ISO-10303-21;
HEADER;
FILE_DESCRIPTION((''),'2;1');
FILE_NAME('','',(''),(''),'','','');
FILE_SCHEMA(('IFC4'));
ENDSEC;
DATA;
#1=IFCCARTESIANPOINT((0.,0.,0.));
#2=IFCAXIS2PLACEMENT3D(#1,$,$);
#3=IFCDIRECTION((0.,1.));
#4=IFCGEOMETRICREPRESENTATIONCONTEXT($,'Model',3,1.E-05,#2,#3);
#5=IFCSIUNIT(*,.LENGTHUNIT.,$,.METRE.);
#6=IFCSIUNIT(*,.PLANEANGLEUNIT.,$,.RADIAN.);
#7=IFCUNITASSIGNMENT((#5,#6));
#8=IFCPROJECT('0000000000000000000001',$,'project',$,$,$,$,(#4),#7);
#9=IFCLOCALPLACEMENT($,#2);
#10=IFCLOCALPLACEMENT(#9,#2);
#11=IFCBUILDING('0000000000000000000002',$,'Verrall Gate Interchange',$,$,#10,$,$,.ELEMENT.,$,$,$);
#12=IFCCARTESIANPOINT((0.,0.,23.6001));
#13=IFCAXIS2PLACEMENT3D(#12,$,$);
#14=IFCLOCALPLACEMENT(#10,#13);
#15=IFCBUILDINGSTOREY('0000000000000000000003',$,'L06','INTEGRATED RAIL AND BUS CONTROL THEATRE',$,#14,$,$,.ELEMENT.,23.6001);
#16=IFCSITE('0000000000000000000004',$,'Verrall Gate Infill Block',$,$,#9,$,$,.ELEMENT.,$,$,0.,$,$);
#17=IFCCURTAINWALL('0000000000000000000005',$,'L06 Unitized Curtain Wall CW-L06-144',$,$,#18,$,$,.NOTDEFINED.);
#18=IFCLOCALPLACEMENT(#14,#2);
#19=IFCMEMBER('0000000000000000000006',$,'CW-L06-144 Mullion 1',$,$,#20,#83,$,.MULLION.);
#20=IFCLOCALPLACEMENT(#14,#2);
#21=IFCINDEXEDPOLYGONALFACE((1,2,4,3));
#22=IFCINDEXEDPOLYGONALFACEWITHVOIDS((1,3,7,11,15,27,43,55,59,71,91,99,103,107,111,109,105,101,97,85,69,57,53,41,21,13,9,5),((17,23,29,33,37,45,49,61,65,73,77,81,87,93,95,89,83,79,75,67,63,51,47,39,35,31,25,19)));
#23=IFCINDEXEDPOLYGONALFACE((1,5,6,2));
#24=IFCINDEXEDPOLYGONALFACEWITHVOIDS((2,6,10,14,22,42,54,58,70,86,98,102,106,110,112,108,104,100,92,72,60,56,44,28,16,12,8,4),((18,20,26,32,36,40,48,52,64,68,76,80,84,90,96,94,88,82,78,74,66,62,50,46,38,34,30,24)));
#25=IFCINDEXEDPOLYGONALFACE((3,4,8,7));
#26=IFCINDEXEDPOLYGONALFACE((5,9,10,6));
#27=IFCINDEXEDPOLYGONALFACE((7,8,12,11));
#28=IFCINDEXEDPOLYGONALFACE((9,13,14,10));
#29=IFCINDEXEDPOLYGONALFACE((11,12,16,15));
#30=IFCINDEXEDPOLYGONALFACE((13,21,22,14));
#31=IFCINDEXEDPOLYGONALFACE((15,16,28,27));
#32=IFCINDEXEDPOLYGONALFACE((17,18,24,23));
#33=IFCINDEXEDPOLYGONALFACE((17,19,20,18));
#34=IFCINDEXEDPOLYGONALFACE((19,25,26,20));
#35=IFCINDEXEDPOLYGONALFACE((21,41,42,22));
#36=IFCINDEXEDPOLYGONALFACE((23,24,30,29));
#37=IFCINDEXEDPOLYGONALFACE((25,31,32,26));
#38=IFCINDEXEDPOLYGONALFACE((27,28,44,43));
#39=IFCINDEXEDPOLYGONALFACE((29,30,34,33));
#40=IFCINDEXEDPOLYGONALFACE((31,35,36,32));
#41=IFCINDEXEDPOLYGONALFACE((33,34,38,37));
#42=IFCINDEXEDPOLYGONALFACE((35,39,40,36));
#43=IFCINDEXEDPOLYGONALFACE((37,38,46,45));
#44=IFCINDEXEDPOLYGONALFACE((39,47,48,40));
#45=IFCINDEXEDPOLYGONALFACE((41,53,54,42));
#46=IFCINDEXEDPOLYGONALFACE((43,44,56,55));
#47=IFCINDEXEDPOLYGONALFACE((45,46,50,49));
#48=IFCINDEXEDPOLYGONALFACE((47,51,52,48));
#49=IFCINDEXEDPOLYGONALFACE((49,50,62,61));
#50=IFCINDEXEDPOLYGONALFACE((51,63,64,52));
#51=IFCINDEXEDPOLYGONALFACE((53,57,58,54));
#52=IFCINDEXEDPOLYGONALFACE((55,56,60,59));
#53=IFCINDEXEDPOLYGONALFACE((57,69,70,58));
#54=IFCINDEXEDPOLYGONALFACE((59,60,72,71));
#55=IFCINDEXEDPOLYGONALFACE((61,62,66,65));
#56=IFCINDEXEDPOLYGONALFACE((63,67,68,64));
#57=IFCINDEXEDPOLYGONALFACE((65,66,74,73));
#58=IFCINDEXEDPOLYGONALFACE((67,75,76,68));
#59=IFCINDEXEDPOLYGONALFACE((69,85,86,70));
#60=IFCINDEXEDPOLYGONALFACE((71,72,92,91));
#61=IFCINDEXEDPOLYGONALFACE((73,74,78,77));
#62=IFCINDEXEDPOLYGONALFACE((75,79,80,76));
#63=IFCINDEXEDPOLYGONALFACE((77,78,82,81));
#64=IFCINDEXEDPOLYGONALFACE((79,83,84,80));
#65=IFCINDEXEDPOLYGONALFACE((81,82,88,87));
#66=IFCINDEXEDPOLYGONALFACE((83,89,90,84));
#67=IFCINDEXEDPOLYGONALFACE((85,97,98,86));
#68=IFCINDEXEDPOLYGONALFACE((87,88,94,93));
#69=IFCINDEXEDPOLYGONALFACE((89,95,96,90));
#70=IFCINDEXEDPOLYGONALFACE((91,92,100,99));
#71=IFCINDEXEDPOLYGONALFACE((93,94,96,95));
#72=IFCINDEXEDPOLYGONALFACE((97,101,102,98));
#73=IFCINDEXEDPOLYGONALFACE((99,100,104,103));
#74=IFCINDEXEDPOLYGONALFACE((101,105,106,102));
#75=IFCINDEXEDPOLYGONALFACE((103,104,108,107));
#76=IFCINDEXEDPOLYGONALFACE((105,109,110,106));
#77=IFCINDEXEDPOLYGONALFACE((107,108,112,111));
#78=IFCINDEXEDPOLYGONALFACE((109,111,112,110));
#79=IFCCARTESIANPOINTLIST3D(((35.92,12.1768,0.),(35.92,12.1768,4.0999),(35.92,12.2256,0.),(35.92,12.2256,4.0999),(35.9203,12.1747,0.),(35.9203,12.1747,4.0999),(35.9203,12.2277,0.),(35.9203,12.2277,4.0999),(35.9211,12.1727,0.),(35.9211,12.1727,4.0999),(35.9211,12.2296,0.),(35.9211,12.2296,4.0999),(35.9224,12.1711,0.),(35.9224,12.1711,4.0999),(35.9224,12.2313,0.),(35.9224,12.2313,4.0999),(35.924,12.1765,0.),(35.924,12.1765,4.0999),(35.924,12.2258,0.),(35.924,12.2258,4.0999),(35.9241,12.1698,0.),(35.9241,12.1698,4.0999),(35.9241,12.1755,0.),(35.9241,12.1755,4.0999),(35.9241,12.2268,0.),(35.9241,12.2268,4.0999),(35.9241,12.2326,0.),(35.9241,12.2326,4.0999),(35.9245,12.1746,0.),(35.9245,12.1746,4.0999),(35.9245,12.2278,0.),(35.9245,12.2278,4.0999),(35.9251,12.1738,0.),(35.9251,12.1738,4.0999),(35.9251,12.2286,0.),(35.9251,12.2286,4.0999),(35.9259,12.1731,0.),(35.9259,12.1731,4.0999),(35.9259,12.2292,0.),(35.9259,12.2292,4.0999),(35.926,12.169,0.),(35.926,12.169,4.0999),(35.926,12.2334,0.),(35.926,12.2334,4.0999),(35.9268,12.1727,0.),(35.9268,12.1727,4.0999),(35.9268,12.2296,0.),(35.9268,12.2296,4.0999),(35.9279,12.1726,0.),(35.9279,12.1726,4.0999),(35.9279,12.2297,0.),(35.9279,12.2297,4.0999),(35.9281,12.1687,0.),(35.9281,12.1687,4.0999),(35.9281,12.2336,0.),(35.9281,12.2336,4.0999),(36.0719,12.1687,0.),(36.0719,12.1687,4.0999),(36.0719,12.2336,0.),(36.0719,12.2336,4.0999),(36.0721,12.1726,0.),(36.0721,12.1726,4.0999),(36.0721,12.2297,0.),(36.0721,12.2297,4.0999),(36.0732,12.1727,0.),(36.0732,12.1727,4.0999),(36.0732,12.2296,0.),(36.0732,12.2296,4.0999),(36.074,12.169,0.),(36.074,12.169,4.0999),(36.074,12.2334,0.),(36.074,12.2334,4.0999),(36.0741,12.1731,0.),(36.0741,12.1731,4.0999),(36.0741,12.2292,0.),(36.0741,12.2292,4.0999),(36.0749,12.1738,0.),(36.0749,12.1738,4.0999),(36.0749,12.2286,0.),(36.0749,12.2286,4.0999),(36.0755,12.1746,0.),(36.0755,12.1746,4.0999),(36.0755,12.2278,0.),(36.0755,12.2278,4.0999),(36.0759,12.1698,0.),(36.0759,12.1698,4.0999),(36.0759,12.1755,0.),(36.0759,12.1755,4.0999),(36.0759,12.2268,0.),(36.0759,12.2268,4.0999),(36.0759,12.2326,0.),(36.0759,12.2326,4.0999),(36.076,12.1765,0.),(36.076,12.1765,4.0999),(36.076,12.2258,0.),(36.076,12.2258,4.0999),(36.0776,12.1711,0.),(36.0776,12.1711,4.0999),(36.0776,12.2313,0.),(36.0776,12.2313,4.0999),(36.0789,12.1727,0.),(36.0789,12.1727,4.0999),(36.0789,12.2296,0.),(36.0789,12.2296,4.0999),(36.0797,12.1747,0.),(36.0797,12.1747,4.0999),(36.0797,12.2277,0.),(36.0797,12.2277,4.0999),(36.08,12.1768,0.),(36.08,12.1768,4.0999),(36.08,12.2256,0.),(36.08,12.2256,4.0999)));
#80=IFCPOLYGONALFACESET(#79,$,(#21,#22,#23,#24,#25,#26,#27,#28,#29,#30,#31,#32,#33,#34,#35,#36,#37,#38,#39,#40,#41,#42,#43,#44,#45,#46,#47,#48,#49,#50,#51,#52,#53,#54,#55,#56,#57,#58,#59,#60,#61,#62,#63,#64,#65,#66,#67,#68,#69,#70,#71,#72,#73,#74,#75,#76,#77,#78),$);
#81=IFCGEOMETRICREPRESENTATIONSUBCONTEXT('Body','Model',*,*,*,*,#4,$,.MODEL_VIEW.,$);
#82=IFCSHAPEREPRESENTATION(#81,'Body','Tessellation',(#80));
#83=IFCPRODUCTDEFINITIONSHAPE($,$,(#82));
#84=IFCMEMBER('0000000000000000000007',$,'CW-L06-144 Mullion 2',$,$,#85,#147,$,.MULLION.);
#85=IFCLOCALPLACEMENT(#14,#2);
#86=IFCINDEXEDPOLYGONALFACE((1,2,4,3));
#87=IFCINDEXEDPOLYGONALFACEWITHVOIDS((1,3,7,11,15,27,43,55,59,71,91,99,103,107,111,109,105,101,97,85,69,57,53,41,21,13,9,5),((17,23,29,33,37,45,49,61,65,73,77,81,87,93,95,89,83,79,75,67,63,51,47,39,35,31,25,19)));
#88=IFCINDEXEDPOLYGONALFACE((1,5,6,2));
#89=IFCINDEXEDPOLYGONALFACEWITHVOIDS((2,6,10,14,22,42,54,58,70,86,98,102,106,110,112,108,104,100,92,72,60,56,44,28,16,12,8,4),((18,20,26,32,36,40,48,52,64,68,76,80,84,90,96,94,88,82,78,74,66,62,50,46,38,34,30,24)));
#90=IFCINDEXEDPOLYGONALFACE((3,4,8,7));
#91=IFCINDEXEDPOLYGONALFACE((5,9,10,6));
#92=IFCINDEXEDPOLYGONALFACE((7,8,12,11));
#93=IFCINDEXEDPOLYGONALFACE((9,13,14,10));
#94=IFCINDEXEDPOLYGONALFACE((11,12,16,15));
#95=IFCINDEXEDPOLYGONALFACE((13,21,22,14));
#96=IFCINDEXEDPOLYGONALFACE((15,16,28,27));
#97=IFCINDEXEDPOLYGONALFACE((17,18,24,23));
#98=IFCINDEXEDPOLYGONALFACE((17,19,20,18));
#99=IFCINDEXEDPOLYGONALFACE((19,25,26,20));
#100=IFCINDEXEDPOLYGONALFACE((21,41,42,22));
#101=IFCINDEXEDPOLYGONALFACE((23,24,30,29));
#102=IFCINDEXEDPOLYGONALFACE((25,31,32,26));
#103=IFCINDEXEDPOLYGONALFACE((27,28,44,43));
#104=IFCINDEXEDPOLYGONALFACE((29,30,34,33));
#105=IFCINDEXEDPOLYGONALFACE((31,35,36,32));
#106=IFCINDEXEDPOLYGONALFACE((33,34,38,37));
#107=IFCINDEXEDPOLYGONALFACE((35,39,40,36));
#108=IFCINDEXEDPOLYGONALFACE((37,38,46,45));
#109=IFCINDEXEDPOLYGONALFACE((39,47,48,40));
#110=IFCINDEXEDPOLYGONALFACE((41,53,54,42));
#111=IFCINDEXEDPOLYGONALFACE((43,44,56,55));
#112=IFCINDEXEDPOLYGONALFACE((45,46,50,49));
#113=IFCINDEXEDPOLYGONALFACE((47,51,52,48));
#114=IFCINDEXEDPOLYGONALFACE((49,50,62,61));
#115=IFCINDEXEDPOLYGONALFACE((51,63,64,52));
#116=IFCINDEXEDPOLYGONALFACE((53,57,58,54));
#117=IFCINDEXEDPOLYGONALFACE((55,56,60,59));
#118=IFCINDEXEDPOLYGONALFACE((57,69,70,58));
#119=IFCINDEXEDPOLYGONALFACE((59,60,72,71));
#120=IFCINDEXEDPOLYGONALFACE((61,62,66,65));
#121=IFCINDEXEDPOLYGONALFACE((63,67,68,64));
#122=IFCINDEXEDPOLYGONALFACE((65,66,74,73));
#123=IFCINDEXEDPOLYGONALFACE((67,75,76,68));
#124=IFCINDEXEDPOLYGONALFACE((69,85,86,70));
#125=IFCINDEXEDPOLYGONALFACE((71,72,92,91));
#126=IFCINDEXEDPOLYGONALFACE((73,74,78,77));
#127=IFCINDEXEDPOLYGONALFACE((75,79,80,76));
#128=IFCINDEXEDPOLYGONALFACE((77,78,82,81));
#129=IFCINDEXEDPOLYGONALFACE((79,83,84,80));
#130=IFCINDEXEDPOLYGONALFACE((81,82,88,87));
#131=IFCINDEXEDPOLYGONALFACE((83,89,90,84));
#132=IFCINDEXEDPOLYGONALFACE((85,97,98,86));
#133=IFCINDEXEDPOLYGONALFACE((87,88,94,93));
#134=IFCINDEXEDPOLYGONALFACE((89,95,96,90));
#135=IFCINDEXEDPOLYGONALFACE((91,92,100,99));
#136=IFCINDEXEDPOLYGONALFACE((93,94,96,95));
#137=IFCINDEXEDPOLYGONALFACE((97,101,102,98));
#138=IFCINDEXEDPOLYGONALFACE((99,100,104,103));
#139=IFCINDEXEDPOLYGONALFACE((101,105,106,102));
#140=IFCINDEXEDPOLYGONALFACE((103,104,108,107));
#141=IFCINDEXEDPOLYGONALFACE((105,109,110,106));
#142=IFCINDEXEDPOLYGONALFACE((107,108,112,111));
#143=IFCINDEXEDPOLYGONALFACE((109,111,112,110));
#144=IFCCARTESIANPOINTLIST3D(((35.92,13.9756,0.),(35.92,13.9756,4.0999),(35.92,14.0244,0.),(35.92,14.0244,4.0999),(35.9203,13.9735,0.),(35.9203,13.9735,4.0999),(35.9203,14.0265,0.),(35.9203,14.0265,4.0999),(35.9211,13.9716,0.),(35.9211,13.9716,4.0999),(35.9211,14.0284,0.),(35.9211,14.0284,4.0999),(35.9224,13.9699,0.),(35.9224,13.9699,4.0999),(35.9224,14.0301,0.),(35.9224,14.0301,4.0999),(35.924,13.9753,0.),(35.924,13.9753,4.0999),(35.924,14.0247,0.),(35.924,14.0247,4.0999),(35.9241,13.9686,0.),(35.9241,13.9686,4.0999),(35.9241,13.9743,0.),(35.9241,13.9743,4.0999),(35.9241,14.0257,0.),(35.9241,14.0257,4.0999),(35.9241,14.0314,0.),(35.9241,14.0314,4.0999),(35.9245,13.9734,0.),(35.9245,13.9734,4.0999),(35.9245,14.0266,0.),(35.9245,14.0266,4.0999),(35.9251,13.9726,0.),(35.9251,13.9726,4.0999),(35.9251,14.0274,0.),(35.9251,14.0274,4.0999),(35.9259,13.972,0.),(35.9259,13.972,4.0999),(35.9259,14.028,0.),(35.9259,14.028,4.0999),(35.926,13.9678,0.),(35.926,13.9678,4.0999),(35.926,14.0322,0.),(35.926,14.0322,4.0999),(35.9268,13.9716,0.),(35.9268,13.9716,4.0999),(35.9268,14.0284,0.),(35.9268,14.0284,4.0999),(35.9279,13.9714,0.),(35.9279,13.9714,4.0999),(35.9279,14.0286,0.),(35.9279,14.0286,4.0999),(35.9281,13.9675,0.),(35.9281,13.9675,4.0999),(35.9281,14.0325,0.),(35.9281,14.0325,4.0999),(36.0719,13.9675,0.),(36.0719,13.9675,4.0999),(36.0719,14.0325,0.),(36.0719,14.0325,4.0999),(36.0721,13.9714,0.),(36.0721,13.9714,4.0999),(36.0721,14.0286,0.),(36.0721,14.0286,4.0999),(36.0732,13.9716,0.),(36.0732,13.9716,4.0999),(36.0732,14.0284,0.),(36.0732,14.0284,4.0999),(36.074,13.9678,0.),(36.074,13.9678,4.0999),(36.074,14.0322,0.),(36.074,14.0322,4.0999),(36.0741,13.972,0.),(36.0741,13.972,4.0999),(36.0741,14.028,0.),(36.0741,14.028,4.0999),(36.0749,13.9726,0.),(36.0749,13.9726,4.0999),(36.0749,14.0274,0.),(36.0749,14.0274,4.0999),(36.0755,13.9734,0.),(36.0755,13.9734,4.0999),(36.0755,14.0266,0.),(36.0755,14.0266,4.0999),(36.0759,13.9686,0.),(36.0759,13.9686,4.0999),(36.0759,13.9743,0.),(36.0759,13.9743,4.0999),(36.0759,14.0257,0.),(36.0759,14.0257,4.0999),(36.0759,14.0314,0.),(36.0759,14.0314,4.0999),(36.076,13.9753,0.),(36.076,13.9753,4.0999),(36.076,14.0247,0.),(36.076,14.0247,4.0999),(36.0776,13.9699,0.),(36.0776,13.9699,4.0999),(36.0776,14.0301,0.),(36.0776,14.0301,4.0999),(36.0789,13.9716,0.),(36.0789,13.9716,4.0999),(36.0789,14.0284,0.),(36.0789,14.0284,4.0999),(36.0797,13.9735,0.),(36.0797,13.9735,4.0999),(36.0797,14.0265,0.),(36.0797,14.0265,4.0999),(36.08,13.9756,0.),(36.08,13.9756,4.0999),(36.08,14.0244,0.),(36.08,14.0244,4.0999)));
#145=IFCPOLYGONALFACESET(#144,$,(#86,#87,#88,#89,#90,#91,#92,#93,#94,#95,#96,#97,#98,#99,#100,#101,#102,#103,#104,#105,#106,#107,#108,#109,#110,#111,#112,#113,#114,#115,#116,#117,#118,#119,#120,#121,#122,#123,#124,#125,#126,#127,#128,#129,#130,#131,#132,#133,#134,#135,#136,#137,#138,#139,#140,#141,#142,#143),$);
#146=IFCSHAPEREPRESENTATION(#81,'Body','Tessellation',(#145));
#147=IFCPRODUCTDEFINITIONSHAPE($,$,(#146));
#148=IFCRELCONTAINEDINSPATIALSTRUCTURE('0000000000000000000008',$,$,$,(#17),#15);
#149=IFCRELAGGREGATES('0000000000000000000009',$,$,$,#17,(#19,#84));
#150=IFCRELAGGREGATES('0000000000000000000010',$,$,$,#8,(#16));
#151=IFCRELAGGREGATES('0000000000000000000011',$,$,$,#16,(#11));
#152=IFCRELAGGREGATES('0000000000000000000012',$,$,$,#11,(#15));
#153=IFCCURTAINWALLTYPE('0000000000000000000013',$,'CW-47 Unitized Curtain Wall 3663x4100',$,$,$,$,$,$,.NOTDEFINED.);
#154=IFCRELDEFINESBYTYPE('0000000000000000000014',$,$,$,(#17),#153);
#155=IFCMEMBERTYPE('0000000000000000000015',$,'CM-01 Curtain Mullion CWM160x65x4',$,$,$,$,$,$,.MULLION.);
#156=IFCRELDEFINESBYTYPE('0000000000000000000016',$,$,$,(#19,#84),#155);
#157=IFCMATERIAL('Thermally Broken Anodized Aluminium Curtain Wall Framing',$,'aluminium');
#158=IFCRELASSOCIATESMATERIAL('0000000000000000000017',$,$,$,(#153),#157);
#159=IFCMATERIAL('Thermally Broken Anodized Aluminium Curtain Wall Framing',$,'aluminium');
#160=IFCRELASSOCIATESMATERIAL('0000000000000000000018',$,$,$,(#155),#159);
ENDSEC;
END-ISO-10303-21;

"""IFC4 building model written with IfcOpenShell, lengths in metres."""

from ifc_helpers import new_model, si_unit, direction, frame, origin, origin_2d, place, context, subcontext, project, spatial, hollow_rectangle, extrude, material, material_profile, profile_set, type_object, element, aggregate, save


model = new_model("IFC4")

# Units and contexts
model_context = context("Model", 3, precision=1e-05, world=origin(), true_north=direction((0.0, 1.0)))
body_context = subcontext(model_context, "Body", "Model", "MODEL_VIEW")
ifc_project = project(units=[si_unit("LENGTHUNIT", "METRE"), si_unit("PLANEANGLEUNIT", "RADIAN")], contexts=[model_context])

# Site, building, storey
site_placement = place(None, origin())
site = spatial("IfcSite", under=ifc_project, at=site_placement, Name="Verrall Gate Infill Block", CompositionType="ELEMENT", RefElevation=0.0)
building_placement = place(site_placement, origin())
building = spatial("IfcBuilding", under=site, at=building_placement, Name="Verrall Gate Interchange", CompositionType="ELEMENT")
storey_placement = place(building_placement, frame((0.0, 0.0, 23.6001)))
storey = spatial("IfcBuildingStorey", under=building, at=storey_placement, Name="L06", Description="INTEGRATED RAIL AND BUS CONTROL THEATRE", CompositionType="ELEMENT", Elevation=23.6001)

# Curtain wall, members
ifc_material_1 = material(Name="Thermally Broken Anodized Aluminium Curtain Wall Framing", Category="aluminium")
curtain_wall_type_1 = type_object("IfcCurtainWallType", Name="CW-47 Unitized Curtain Wall 3663x4100", PredefinedType="NOTDEFINED", material=ifc_material_1)
curtain_wall_1_placement = place(storey_placement, origin())
curtain_wall_1 = element("IfcCurtainWall", 1, at=curtain_wall_1_placement, inside=storey, type_object=curtain_wall_type_1, Name="L06 Unitized Curtain Wall CW-L06-144", PredefinedType="NOTDEFINED")
ifc_material_2 = material(Name="Thermally Broken Anodized Aluminium Curtain Wall Framing", Category="aluminium")
ifc_material_profile_1 = material_profile(ifc_material_2, hollow_rectangle(XDim=0.0649, YDim=0.1599, WallThickness=0.0039, InnerFilletRadius=0.0039, OuterFilletRadius=0.0081, at=origin_2d()), Name="CWM160x65x4")
ifc_profile_set_1 = profile_set([ifc_material_profile_1], Name="Thermally Broken Anodized Aluminium Curtain Wall Framing")
member_type_1 = type_object("IfcMemberType", Name="CM-01 Curtain Mullion CWM160x65x4", PredefinedType="MULLION", material=ifc_profile_set_1)
member_1_placement = place(storey_placement, frame((36.0, 12.2012, 0.0), z_axis=(0.0, 0.0, 1.0), x_axis=(0.0, 1.0, 0.0)))
member_1 = element("IfcMember", 2, at=member_1_placement, type_object=member_type_1, Name="CW-L06-144 Mullion 1", PredefinedType="MULLION", context=body_context, shape_type="SweptSolid", body=[
    extrude(hollow_rectangle(XDim=0.0649, YDim=0.1599, WallThickness=0.0039, InnerFilletRadius=0.0039, OuterFilletRadius=0.0081, at=origin_2d()), origin(), (0.0, 0.0, 1.0), 4.0999),
])
member_2_placement = place(storey_placement, frame((36.0, 14.0, 0.0), z_axis=(0.0, 0.0, 1.0), x_axis=(0.0, 1.0, 0.0)))
member_2 = element("IfcMember", 3, at=member_2_placement, type_object=member_type_1, Name="CW-L06-144 Mullion 2", PredefinedType="MULLION", context=body_context, shape_type="SweptSolid", body=[
    extrude(hollow_rectangle(XDim=0.0649, YDim=0.1599, WallThickness=0.0039, InnerFilletRadius=0.0039, OuterFilletRadius=0.0081, at=origin_2d()), origin(), (0.0, 0.0, 1.0), 4.0999),
])

aggregate(curtain_wall_1, [member_1, member_2])

save(model, "model.ifc")
